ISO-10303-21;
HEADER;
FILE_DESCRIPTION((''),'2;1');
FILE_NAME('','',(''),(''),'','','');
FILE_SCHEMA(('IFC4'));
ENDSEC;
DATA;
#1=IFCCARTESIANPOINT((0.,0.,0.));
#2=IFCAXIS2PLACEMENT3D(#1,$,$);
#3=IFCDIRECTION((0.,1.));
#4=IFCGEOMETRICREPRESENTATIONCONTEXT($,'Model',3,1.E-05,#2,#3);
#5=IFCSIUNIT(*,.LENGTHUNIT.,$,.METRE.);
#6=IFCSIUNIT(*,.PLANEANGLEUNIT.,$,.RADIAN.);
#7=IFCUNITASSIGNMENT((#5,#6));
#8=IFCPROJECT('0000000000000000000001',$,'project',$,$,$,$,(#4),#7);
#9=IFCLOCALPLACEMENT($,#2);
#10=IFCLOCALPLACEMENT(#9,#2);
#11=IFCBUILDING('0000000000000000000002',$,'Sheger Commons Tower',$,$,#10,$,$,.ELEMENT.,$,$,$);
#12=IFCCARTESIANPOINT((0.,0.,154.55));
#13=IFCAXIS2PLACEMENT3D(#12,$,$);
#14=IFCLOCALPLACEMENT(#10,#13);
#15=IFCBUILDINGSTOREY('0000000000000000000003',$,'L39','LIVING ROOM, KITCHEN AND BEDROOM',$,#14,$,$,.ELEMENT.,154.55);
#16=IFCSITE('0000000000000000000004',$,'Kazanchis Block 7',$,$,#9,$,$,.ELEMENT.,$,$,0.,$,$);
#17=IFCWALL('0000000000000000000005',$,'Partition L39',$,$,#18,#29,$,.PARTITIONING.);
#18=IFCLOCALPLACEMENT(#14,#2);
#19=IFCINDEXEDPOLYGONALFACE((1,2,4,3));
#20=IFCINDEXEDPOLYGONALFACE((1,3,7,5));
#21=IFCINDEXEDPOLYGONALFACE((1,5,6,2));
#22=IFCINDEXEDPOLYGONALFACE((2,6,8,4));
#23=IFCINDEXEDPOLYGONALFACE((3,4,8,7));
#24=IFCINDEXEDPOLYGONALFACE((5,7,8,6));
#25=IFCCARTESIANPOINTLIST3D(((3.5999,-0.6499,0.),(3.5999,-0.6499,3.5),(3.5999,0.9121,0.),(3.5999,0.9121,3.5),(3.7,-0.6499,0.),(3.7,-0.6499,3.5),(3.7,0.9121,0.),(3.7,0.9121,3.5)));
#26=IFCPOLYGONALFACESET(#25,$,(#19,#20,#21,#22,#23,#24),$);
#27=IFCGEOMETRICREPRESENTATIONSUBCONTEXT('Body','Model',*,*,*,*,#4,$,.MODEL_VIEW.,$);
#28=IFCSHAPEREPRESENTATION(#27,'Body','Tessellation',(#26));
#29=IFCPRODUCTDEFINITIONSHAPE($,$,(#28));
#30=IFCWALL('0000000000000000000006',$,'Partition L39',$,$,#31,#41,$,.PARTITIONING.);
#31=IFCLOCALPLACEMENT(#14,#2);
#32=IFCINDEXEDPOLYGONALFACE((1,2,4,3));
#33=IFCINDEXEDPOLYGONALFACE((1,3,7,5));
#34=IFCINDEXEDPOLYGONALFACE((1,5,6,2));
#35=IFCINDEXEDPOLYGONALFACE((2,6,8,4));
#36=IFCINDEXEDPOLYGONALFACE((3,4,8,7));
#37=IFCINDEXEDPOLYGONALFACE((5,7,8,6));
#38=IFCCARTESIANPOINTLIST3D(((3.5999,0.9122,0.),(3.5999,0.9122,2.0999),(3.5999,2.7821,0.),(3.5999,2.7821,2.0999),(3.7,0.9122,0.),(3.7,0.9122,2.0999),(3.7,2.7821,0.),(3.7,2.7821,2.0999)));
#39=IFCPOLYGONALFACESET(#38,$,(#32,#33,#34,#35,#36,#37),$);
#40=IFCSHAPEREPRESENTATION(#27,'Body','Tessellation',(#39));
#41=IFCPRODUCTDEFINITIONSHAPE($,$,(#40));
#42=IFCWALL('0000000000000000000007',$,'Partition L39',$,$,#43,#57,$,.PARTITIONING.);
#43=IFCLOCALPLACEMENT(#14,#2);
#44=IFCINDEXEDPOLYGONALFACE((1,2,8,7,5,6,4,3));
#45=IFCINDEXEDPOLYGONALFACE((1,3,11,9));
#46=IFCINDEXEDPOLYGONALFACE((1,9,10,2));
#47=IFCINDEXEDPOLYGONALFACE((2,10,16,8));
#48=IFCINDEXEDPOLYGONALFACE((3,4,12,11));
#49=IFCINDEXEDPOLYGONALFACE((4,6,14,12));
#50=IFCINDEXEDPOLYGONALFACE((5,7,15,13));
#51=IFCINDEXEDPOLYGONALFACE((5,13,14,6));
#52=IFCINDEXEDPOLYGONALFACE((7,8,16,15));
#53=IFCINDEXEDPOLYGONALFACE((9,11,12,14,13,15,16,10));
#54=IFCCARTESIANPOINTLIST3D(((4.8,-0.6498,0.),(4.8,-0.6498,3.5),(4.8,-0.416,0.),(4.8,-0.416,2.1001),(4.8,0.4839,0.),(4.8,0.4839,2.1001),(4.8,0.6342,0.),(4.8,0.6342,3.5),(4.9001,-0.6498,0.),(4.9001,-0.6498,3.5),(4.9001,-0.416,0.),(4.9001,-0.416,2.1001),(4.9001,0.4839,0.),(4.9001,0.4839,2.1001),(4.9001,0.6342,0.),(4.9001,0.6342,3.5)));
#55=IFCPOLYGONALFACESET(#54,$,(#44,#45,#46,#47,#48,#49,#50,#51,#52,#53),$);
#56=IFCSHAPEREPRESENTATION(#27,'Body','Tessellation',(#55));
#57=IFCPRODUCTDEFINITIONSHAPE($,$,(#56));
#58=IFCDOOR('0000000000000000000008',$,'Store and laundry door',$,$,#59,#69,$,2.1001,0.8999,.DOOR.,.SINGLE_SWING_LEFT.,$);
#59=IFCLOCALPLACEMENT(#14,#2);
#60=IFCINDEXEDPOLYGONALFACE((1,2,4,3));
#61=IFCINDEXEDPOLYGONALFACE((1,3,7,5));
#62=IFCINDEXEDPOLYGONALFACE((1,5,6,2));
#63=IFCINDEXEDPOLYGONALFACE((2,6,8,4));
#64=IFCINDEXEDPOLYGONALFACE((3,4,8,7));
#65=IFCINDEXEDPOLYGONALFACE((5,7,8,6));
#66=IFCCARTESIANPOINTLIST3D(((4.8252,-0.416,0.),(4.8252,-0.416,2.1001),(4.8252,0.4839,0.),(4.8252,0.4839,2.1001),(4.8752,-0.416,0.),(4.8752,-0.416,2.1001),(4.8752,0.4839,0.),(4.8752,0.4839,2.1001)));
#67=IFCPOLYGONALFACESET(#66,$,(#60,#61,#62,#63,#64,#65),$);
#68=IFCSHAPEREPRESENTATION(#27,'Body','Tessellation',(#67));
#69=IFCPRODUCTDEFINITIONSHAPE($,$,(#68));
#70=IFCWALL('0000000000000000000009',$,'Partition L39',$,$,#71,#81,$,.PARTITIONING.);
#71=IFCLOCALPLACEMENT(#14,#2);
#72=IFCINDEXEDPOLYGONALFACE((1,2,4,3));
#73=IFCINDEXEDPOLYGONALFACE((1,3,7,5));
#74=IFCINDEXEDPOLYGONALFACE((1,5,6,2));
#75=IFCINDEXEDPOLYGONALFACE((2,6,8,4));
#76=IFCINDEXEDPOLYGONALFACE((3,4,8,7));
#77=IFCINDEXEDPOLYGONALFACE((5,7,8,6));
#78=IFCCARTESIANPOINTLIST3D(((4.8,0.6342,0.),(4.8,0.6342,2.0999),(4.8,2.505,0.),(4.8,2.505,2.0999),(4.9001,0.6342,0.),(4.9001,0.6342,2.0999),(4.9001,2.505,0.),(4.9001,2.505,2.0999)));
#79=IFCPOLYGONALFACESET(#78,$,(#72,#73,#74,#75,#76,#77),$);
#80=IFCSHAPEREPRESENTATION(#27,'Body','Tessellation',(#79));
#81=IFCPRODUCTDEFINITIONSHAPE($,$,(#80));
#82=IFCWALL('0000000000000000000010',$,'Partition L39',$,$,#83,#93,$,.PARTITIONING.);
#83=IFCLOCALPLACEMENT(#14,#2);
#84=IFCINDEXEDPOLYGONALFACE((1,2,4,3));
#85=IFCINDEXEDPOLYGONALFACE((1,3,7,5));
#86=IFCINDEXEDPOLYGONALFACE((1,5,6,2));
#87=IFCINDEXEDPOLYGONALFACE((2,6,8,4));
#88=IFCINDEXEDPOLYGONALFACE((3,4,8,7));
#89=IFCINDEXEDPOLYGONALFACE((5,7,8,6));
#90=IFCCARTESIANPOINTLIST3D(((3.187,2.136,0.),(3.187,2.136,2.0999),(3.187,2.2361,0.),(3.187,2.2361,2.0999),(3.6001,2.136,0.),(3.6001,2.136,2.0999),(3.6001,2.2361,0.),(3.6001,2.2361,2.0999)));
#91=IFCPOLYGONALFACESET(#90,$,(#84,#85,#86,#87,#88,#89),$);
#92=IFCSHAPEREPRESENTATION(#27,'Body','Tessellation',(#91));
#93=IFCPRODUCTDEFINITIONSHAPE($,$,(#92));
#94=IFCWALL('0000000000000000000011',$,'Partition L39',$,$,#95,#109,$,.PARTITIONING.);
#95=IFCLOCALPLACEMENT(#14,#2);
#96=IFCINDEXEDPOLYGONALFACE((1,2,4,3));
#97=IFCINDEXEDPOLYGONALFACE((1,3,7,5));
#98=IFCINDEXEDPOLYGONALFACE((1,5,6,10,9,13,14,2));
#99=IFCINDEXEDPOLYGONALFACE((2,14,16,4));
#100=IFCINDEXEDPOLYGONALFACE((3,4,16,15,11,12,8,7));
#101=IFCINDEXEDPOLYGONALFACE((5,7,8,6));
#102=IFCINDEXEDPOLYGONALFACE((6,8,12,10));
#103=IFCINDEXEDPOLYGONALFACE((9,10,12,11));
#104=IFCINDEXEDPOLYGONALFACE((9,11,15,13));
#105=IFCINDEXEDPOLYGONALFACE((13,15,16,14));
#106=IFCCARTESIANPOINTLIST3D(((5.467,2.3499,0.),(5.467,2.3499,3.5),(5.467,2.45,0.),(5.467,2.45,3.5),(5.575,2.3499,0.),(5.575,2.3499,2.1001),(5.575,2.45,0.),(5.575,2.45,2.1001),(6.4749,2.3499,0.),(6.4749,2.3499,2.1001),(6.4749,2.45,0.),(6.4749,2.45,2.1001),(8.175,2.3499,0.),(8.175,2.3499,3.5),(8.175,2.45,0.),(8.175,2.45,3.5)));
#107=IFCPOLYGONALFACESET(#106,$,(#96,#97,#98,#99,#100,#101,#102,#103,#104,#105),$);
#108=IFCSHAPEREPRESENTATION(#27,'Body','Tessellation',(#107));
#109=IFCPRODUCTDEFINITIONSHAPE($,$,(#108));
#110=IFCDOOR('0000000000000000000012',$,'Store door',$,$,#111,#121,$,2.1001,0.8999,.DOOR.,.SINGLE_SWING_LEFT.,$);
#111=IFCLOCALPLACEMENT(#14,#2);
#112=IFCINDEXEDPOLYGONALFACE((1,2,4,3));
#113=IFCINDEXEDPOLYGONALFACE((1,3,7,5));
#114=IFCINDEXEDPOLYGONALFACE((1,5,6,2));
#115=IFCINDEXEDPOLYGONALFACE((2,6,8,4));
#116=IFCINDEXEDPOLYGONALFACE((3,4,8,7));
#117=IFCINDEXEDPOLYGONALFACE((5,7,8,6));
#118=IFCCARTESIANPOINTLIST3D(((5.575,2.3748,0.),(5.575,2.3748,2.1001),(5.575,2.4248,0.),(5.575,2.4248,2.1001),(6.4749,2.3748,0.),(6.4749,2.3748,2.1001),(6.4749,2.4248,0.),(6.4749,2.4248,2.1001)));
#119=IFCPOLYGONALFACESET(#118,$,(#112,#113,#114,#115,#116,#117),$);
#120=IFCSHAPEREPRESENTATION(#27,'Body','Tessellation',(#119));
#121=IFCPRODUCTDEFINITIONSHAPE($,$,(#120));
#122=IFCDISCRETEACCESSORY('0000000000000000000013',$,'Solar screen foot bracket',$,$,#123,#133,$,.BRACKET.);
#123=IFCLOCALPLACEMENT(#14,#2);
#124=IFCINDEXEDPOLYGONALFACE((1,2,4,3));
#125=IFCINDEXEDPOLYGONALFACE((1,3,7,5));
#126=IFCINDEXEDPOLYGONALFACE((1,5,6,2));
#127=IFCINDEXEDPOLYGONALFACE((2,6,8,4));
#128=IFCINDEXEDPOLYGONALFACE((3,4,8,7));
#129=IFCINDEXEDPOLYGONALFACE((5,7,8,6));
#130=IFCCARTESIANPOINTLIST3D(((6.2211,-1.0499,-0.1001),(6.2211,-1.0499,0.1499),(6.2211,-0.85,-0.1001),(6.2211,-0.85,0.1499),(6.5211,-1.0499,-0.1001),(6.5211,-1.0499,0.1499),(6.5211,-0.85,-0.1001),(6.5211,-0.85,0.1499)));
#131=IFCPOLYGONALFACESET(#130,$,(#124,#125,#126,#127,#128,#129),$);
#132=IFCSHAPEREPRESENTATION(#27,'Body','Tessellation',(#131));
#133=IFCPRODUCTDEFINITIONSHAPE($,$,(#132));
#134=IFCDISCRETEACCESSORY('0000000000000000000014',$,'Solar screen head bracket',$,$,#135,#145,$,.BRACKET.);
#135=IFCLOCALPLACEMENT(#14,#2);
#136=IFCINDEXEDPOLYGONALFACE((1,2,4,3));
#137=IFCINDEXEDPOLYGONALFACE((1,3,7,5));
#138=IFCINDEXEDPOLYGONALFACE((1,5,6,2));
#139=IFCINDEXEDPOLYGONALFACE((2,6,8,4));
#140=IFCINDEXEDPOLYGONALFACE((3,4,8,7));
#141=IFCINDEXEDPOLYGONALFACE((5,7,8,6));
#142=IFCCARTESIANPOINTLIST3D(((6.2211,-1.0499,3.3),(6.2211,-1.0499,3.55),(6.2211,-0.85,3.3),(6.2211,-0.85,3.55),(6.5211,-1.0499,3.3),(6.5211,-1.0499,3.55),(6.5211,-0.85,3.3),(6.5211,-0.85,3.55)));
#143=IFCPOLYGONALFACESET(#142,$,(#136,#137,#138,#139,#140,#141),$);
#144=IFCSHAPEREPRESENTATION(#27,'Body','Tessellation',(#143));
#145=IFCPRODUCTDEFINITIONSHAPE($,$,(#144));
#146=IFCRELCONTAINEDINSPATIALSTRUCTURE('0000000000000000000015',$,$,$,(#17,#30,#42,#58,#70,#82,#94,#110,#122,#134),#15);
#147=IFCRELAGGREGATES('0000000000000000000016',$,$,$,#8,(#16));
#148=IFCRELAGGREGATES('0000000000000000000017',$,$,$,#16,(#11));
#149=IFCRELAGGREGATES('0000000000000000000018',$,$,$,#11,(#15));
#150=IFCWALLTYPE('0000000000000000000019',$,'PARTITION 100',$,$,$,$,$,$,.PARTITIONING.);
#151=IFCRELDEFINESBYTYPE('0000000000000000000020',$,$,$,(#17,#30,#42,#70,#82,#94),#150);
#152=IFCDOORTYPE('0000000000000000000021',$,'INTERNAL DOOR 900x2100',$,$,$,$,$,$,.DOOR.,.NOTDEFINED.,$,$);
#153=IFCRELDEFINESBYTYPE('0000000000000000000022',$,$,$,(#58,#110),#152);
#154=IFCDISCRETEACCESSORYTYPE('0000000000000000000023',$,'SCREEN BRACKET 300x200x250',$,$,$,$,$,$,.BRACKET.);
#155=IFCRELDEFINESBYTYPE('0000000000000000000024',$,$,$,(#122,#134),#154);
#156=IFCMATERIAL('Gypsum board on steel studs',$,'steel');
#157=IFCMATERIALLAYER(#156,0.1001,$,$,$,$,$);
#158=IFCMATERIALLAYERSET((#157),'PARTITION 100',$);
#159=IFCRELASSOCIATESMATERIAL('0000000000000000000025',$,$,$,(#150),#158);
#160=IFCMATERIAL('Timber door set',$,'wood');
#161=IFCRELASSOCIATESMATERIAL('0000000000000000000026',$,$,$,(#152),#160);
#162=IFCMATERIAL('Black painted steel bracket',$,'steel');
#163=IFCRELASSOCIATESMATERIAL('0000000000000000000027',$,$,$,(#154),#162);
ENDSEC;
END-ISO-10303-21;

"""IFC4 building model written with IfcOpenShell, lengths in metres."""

from ifc_helpers import new_model, si_unit, direction, frame, frame_2d, origin, origin_2d, place, context, subcontext, project, spatial, rectangle, extrude, material, layer, layer_set, type_object, element, fill, save


model = new_model("IFC4")

# Units and contexts
model_context = context("Model", 3, precision=1e-05, world=origin(), true_north=direction((0.0, 1.0)))
body_context = subcontext(model_context, "Body", "Model", "MODEL_VIEW")
ifc_project = project(units=[si_unit("LENGTHUNIT", "METRE"), si_unit("PLANEANGLEUNIT", "RADIAN")], contexts=[model_context])

# Site, building, storey
site_placement = place(None, origin())
site = spatial("IfcSite", under=ifc_project, at=site_placement, Name="Kazanchis Block 7", CompositionType="ELEMENT", RefElevation=0.0)
building_placement = place(site_placement, origin())
building = spatial("IfcBuilding", under=site, at=building_placement, Name="Sheger Commons Tower", CompositionType="ELEMENT")
storey_placement = place(building_placement, frame((0.0, 0.0, 154.55)))
storey = spatial("IfcBuildingStorey", under=building, at=storey_placement, Name="L39", Description="LIVING ROOM, KITCHEN AND BEDROOM", CompositionType="ELEMENT", Elevation=154.55)

# Walls
ifc_material_1 = material(Name="Gypsum board on steel studs", Category="steel")
ifc_layer_1 = layer(ifc_material_1, 0.1001)
ifc_layer_set_1 = layer_set([ifc_layer_1], Name="PARTITION 100")
wall_type_1 = type_object("IfcWallType", Name="PARTITION 100", PredefinedType="PARTITIONING", material=ifc_layer_set_1)
wall_1_placement = place(storey_placement, frame((3.6499, -0.6499, 0.0), z_axis=(0.0, 0.0, 1.0), x_axis=(0.0, 1.0, 0.0)))
element("IfcWall", 1, at=wall_1_placement, inside=storey, type_object=wall_type_1, Name="Partition L39", PredefinedType="PARTITIONING", context=body_context, shape_type="SweptSolid", body=[
    extrude(rectangle(XDim=1.562, YDim=0.1001, at=frame_2d((0.781, 0.0))), origin(), (0.0, 0.0, 1.0), 3.5),
])
wall_2_placement = place(storey_placement, frame((3.6499, 0.9121, 0.0), z_axis=(0.0, 0.0, 1.0), x_axis=(0.0, 1.0, 0.0)))
element("IfcWall", 2, at=wall_2_placement, inside=storey, type_object=wall_type_1, Name="Partition L39", PredefinedType="PARTITIONING", context=body_context, shape_type="SweptSolid", body=[
    extrude(rectangle(XDim=1.8699, YDim=0.1001, at=frame_2d((0.9351, 0.0))), origin(), (0.0, 0.0, 1.0), 2.0999),
])

# Wall, opening, door
wall_3_placement = place(storey_placement, frame((4.8501, -0.6499, 0.0), z_axis=(0.0, 0.0, 1.0), x_axis=(0.0, 1.0, 0.0)))
wall_3 = element("IfcWall", 3, at=wall_3_placement, inside=storey, type_object=wall_type_1, Name="Partition L39", PredefinedType="PARTITIONING", context=body_context, shape_type="SweptSolid", body=[
    extrude(rectangle(XDim=1.2839, YDim=0.1001, at=frame_2d((0.6421, 0.0))), origin(), (0.0, 0.0, 1.0), 3.5),
])
opening_1_placement = place(wall_3_placement, frame((0.2339, 0.0, 0.0)))
opening_1 = element("IfcOpeningElement", 4, at=opening_1_placement, cuts=wall_3, PredefinedType="OPENING", context=body_context, shape_type="SweptSolid", body=[
    extrude(rectangle(XDim=0.8999, YDim=2.1001, at=frame_2d((0.45, 1.05))), frame((0.0, 0.0601, 0.0), z_axis=(0.0, -1.0, 0.0), x_axis=(1.0, 0.0, 0.0)), (0.0, 0.0, 1.0), 0.1201),
])
ifc_material_2 = material(Name="Timber door set", Category="wood")
door_type = type_object("IfcDoorType", Name="INTERNAL DOOR 900x2100", OperationType="NOTDEFINED", PredefinedType="DOOR", material=ifc_material_2)
door_1_placement = place(opening_1_placement, origin())
door_1 = element("IfcDoor", 5, at=door_1_placement, inside=storey, type_object=door_type, Name="Store and laundry door", OperationType="SINGLE_SWING_LEFT", OverallHeight=2.1001, OverallWidth=0.8999, PredefinedType="DOOR", context=body_context, shape_type="SweptSolid", body=[
    extrude(rectangle(XDim=0.8999, YDim=2.1001, at=frame_2d((0.45, 1.05))), frame((0.0, 0.0249, 0.0), z_axis=(0.0, -1.0, 0.0), x_axis=(1.0, 0.0, 0.0)), (0.0, 0.0, 1.0), 0.05),
])
fill(opening_1, door_1)

# Walls
wall_4_placement = place(storey_placement, frame((4.8501, 0.634, 0.0), z_axis=(0.0, 0.0, 1.0), x_axis=(0.0, 1.0, 0.0)))
element("IfcWall", 6, at=wall_4_placement, inside=storey, type_object=wall_type_1, Name="Partition L39", PredefinedType="PARTITIONING", context=body_context, shape_type="SweptSolid", body=[
    extrude(rectangle(XDim=1.8708, YDim=0.1001, at=frame_2d((0.9355, 0.0))), origin(), (0.0, 0.0, 1.0), 2.0999),
])
wall_5_placement = place(storey_placement, frame((3.187, 2.186, 0.0), z_axis=(0.0, 0.0, 1.0), x_axis=(1.0, 0.0, 0.0)))
element("IfcWall", 7, at=wall_5_placement, inside=storey, type_object=wall_type_1, Name="Partition L39", PredefinedType="PARTITIONING", context=body_context, shape_type="SweptSolid", body=[
    extrude(rectangle(XDim=0.4131, YDim=0.1001, at=frame_2d((0.2065, 0.0))), origin(), (0.0, 0.0, 1.0), 2.0999),
])

# Wall, opening, door
wall_6_placement = place(storey_placement, frame((5.467, 2.3999, 0.0), z_axis=(0.0, 0.0, 1.0), x_axis=(1.0, 0.0, 0.0)))
wall_6 = element("IfcWall", 8, at=wall_6_placement, inside=storey, type_object=wall_type_1, Name="Partition L39", PredefinedType="PARTITIONING", context=body_context, shape_type="SweptSolid", body=[
    extrude(rectangle(XDim=2.708, YDim=0.1001, at=frame_2d((1.354, 0.0))), origin(), (0.0, 0.0, 1.0), 3.5),
])
opening_2_placement = place(wall_6_placement, frame((0.1079, 0.0, 0.0)))
opening_2 = element("IfcOpeningElement", 9, at=opening_2_placement, cuts=wall_6, PredefinedType="OPENING", context=body_context, shape_type="SweptSolid", body=[
    extrude(rectangle(XDim=0.8999, YDim=2.1001, at=frame_2d((0.45, 1.05))), frame((0.0, 0.0601, 0.0), z_axis=(0.0, -1.0, 0.0), x_axis=(1.0, 0.0, 0.0)), (0.0, 0.0, 1.0), 0.1201),
])
door_2_placement = place(opening_2_placement, origin())
door_2 = element("IfcDoor", 10, at=door_2_placement, inside=storey, type_object=door_type, Name="Store door", OperationType="SINGLE_SWING_LEFT", OverallHeight=2.1001, OverallWidth=0.8999, PredefinedType="DOOR", context=body_context, shape_type="SweptSolid", body=[
    extrude(rectangle(XDim=0.8999, YDim=2.1001, at=frame_2d((0.45, 1.05))), frame((0.0, 0.0249, 0.0), z_axis=(0.0, -1.0, 0.0), x_axis=(1.0, 0.0, 0.0)), (0.0, 0.0, 1.0), 0.05),
])
fill(opening_2, door_2)

# Discrete accessories
ifc_material_3 = material(Name="Black painted steel bracket", Category="steel")
discrete_accessory_type = type_object("IfcDiscreteAccessoryType", Name="SCREEN BRACKET 300x200x250", PredefinedType="BRACKET", material=ifc_material_3)
for number, where, z_axis, x_axis, name in (
    (11, (6.3711, -0.95, -0.1001), (0.0, 0.0, 1.0), (1.0, 0.0, 0.0), "Solar screen foot bracket"),
    (12, (6.3711, -0.95, 3.3), (0.0, 0.0, 1.0), (1.0, 0.0, 0.0), "Solar screen head bracket"),
):
    element("IfcDiscreteAccessory", number, at=place(storey_placement, frame(where, z_axis=z_axis, x_axis=x_axis)), inside=storey, type_object=discrete_accessory_type, Name=name, PredefinedType="BRACKET", context=body_context, shape_type="SweptSolid", body=[
        extrude(rectangle(XDim=0.3, YDim=0.2, at=origin_2d()), origin(), (0.0, 0.0, 1.0), 0.25),
    ])

save(model, "model.ifc")
